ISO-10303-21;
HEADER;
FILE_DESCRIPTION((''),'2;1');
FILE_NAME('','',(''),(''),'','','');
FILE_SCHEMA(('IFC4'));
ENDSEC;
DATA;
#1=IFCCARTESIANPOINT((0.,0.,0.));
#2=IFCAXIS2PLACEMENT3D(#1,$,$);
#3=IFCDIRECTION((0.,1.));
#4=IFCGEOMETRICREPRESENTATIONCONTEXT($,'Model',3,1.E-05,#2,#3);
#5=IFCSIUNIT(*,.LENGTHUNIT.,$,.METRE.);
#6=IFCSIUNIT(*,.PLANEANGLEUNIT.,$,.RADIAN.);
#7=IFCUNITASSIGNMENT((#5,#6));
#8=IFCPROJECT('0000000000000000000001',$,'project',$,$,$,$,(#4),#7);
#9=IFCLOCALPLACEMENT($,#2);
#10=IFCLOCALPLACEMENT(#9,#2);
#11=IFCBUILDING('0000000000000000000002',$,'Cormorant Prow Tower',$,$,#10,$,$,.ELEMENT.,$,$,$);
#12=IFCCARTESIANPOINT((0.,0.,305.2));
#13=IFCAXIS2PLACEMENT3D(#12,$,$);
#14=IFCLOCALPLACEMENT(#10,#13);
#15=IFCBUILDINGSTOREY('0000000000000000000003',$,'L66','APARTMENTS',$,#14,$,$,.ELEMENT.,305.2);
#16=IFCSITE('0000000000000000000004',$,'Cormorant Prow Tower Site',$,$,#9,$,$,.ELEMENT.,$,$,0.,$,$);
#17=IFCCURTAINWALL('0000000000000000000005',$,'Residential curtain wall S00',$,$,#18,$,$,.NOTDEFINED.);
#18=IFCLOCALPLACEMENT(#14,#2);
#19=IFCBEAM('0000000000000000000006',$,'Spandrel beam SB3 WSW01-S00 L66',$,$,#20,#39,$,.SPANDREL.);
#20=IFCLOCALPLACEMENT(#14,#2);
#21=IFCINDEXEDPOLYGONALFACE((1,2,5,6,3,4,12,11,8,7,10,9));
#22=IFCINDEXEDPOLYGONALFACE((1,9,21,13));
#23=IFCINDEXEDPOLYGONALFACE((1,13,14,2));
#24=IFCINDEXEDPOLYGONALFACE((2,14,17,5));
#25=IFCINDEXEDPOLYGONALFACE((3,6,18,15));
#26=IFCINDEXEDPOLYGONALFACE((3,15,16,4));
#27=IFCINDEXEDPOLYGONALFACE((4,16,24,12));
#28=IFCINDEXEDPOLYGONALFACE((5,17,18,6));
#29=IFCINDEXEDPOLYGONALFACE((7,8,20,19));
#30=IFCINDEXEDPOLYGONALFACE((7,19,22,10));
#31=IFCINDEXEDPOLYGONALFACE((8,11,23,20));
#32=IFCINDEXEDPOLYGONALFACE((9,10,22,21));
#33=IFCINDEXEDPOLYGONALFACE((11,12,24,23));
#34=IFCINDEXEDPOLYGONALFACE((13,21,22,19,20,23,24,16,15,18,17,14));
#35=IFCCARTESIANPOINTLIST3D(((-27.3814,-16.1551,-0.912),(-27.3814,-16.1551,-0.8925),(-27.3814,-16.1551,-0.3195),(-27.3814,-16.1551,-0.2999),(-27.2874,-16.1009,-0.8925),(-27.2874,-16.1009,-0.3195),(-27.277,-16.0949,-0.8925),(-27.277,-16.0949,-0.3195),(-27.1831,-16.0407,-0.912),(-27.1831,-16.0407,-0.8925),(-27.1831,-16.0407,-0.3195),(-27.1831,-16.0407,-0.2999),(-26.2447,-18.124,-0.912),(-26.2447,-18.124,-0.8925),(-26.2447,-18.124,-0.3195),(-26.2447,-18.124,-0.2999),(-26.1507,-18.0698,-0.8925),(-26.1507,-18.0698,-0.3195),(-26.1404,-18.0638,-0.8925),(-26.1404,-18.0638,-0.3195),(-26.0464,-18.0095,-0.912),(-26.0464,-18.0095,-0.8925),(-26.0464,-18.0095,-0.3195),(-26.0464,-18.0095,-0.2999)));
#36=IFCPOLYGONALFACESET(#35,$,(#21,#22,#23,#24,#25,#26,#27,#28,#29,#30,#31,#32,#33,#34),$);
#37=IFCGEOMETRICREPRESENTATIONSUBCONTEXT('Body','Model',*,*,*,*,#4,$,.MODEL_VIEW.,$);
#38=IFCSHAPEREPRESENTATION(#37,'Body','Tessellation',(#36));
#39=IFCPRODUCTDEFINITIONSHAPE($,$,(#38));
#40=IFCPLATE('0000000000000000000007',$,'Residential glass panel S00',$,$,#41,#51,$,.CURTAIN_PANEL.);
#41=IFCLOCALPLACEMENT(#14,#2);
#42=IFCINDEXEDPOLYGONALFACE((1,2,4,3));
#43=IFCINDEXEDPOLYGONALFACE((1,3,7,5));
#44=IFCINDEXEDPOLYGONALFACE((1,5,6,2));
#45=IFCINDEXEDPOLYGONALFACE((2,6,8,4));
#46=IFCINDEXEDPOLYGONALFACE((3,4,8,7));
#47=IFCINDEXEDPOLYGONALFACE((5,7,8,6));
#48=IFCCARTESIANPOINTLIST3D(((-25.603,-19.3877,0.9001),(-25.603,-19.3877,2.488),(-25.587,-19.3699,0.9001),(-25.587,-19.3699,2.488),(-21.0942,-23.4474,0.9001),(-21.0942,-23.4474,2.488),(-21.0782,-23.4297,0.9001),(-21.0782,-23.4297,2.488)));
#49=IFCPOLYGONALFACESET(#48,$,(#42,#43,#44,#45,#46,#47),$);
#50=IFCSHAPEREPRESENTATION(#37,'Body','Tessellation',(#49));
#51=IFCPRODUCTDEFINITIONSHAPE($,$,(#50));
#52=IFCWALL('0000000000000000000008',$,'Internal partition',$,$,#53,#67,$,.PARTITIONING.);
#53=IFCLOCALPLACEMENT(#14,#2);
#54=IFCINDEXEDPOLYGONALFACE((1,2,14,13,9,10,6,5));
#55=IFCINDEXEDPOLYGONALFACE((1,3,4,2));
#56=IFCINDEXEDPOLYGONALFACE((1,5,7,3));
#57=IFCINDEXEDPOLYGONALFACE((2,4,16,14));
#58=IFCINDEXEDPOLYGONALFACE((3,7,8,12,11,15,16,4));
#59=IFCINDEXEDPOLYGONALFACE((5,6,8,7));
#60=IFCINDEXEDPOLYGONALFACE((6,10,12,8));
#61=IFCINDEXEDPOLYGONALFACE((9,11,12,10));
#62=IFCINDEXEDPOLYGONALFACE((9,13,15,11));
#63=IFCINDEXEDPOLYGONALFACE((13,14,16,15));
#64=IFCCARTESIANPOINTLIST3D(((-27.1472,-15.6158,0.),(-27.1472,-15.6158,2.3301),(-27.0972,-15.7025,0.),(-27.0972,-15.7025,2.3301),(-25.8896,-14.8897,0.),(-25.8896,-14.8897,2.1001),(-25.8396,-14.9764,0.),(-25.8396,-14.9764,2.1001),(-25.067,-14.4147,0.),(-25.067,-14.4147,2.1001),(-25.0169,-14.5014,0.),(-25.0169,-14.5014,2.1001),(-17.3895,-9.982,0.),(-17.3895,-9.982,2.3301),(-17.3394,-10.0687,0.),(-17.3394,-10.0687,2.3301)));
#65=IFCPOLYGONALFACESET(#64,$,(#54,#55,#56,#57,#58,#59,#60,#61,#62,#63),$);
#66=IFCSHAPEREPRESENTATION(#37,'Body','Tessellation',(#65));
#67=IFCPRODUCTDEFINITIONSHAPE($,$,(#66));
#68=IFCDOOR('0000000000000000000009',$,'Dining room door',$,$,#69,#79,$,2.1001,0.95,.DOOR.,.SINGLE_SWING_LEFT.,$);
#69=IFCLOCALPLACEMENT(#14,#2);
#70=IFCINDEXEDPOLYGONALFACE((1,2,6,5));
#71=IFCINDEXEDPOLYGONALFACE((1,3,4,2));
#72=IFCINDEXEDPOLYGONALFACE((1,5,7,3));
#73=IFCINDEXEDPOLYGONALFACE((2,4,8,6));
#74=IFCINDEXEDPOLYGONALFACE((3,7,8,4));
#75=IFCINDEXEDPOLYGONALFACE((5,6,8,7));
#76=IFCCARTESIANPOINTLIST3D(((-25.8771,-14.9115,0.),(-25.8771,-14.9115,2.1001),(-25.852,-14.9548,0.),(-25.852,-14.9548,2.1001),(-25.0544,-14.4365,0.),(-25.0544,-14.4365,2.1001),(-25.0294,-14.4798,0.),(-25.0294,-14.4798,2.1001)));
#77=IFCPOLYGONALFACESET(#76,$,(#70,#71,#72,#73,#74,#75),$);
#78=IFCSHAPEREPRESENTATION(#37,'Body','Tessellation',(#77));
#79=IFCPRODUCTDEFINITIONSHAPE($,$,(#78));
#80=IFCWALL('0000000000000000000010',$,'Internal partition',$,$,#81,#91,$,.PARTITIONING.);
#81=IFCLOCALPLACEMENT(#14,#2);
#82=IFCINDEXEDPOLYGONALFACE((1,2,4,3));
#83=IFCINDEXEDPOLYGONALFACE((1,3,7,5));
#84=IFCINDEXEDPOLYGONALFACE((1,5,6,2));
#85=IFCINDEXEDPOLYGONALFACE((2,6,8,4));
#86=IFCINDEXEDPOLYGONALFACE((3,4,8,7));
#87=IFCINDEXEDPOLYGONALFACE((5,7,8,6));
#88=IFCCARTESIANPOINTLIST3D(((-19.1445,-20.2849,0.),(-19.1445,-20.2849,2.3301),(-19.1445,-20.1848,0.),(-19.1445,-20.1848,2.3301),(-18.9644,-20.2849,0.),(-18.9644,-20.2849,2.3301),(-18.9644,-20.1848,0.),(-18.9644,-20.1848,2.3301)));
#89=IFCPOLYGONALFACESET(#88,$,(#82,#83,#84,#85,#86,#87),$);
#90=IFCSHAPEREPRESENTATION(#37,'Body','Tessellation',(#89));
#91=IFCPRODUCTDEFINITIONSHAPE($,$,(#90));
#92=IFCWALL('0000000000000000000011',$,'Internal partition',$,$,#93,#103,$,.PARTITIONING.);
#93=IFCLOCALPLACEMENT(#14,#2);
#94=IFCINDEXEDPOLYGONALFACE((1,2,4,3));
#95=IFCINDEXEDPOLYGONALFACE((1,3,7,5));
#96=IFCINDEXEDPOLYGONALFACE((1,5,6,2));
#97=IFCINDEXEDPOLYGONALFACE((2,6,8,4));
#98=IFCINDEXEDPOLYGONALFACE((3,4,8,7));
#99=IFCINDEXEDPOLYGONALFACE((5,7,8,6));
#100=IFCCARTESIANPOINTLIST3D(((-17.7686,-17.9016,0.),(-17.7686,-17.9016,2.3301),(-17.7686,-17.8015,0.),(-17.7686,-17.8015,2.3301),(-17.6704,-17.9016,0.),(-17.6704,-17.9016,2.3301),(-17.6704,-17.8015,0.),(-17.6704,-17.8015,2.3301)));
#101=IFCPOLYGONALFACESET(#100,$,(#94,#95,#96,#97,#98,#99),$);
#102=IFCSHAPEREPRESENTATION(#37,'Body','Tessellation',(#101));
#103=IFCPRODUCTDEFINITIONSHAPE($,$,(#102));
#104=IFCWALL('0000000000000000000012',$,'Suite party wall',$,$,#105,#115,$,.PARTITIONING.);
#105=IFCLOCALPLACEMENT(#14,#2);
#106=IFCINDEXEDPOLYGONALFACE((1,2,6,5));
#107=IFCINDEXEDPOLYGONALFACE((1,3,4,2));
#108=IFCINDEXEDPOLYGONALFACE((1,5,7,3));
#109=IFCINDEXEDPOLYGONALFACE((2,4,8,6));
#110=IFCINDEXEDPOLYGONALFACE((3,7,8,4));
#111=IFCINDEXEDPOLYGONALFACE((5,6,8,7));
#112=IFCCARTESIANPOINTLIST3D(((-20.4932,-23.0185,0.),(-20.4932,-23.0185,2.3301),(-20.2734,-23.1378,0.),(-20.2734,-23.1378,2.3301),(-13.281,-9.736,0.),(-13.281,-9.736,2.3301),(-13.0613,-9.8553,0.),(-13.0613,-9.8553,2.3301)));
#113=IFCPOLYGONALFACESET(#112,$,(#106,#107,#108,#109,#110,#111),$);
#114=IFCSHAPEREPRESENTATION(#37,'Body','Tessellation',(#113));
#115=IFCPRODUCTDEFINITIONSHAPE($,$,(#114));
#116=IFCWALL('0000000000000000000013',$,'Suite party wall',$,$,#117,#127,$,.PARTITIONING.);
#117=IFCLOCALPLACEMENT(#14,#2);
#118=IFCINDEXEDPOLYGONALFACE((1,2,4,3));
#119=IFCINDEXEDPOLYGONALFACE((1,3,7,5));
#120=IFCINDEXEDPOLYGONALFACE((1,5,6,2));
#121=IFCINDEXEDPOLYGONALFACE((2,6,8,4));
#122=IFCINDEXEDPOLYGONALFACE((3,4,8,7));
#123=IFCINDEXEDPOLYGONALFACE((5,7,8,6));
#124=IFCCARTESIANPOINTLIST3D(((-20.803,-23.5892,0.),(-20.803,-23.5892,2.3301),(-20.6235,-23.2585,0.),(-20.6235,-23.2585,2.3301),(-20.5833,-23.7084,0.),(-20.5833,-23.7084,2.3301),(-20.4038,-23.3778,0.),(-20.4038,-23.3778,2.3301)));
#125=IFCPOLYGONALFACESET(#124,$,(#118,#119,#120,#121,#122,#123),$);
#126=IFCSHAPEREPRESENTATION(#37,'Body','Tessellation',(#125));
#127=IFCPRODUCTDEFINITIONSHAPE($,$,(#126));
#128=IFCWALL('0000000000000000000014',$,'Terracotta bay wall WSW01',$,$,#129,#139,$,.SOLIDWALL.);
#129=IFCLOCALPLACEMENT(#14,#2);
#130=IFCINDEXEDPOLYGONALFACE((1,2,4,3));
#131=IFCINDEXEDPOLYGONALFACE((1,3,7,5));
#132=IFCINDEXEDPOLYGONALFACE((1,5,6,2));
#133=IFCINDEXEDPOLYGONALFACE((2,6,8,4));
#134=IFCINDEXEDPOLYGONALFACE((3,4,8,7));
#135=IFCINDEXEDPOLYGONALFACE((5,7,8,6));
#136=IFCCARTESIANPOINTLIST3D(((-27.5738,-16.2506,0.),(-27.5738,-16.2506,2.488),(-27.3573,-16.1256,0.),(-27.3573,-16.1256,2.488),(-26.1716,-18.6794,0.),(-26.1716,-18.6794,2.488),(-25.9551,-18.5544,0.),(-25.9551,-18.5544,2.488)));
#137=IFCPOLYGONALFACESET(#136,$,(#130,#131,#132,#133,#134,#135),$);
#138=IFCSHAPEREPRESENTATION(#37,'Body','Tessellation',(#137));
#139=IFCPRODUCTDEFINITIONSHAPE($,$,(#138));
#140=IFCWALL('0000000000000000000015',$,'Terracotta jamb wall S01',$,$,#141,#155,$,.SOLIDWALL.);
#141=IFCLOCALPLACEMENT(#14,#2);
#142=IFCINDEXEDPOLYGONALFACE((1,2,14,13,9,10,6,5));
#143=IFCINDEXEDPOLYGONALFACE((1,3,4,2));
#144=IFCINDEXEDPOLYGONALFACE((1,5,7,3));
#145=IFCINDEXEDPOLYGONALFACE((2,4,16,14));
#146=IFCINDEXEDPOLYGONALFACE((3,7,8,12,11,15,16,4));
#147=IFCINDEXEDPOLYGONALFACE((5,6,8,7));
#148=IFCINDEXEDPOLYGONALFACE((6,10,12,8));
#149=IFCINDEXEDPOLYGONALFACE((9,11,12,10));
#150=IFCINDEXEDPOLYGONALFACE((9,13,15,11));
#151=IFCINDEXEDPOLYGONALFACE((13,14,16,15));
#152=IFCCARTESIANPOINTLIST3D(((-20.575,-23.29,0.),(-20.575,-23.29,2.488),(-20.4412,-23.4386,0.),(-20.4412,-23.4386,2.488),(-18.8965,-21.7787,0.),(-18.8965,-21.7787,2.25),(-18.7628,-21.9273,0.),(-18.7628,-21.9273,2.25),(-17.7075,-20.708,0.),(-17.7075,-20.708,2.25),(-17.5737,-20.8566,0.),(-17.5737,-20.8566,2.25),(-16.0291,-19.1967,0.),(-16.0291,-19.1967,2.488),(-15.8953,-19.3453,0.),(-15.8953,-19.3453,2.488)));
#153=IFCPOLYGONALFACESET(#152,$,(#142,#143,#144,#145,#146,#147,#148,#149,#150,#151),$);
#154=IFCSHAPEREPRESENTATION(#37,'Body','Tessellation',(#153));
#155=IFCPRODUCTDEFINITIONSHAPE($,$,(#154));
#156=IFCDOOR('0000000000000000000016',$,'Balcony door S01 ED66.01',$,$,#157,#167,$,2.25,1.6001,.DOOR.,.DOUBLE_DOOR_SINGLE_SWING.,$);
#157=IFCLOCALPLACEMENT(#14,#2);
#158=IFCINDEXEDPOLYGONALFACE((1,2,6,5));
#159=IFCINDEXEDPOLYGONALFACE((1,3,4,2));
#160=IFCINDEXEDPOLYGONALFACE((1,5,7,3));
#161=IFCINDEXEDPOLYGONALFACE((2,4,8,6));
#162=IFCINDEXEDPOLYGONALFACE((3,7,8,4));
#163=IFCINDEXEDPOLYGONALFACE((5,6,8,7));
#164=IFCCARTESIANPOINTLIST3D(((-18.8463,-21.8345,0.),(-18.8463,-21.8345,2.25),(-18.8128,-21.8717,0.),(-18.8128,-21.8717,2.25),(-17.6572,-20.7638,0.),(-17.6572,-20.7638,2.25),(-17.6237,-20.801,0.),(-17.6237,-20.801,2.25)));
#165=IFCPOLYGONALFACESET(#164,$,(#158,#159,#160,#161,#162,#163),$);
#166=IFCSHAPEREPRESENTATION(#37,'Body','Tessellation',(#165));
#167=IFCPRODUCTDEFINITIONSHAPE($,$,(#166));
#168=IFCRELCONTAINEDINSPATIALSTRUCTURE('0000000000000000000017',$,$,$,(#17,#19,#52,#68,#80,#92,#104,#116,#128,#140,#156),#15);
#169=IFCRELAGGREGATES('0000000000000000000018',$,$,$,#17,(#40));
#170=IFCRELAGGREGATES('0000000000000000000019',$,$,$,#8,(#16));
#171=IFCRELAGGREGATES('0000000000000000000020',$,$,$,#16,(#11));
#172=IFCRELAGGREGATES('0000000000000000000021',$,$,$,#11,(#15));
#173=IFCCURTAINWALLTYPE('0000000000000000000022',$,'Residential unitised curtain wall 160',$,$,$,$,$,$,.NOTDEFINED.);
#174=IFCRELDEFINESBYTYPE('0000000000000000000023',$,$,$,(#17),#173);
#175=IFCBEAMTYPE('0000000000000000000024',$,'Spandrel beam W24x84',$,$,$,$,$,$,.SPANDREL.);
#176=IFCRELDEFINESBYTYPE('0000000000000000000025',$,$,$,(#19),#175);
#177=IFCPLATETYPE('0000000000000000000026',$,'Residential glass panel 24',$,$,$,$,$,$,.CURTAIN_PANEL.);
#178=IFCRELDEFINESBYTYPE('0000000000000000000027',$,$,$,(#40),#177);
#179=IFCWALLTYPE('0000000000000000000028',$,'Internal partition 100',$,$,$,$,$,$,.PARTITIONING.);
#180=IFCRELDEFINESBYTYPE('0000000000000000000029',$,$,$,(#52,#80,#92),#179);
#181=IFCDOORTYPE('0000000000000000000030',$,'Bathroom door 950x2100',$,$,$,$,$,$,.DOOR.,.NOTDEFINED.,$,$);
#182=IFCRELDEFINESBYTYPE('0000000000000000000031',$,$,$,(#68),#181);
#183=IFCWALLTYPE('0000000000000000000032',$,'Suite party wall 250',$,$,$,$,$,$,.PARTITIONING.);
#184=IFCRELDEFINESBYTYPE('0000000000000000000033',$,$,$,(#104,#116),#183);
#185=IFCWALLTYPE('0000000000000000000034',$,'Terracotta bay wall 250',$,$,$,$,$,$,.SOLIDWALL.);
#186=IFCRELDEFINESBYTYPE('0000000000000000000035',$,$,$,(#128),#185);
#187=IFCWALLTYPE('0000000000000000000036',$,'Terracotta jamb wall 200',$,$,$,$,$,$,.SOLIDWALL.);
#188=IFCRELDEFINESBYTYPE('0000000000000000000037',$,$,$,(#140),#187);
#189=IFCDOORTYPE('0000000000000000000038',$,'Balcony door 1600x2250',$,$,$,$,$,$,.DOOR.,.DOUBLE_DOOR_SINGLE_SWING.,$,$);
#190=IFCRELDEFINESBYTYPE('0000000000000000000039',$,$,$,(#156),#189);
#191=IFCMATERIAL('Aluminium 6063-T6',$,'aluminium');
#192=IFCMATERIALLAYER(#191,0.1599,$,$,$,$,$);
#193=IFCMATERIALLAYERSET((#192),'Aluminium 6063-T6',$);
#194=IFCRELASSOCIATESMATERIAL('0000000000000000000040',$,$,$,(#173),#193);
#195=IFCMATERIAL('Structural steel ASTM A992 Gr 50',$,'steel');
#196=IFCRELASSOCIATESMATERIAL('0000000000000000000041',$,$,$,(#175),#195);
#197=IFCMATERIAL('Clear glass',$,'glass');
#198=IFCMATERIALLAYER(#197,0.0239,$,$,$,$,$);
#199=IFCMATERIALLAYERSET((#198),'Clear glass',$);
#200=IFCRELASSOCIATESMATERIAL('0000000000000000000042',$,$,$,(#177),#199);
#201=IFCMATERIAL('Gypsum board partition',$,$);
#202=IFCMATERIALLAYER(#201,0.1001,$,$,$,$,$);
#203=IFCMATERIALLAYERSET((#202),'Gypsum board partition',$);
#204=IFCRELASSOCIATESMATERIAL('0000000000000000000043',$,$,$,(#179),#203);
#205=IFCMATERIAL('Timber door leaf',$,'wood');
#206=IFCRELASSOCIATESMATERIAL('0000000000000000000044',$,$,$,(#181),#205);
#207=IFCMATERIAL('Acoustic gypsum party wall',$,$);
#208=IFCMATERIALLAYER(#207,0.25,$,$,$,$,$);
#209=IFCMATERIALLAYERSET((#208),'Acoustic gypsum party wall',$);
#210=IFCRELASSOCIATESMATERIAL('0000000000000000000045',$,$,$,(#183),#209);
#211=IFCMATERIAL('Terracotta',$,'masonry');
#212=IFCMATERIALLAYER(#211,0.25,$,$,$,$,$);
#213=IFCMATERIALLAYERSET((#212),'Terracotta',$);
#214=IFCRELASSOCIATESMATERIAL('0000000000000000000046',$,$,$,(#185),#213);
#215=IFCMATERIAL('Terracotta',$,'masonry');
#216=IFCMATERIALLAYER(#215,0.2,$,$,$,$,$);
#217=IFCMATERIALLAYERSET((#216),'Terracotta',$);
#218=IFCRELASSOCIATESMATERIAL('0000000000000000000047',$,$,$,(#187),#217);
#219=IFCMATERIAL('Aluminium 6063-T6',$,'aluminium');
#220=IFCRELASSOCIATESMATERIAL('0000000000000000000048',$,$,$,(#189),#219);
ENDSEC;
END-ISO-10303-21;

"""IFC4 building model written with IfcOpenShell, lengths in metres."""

from ifc_helpers import new_model, si_unit, direction, frame, frame_2d, origin, origin_2d, place, context, subcontext, project, spatial, rectangle, i_section, extrude, material, layer, layer_set, material_profile, profile_set, type_object, element, fill, aggregate, save


model = new_model("IFC4")

# Units and contexts
model_context = context("Model", 3, precision=1e-05, world=origin(), true_north=direction((0.0, 1.0)))
body_context = subcontext(model_context, "Body", "Model", "MODEL_VIEW")
ifc_project = project(units=[si_unit("LENGTHUNIT", "METRE"), si_unit("PLANEANGLEUNIT", "RADIAN")], contexts=[model_context])

# Site, building, storey
site_placement = place(None, origin())
site = spatial("IfcSite", under=ifc_project, at=site_placement, Name="Cormorant Prow Tower Site", CompositionType="ELEMENT", RefElevation=0.0)
building_placement = place(site_placement, origin())
building = spatial("IfcBuilding", under=site, at=building_placement, Name="Cormorant Prow Tower", CompositionType="ELEMENT")
storey_placement = place(building_placement, frame((0.0, 0.0, 305.2)))
storey = spatial("IfcBuildingStorey", under=building, at=storey_placement, Name="L66", Description="APARTMENTS", CompositionType="ELEMENT", Elevation=305.2)

# Curtain wall
ifc_material_1 = material(Name="Aluminium 6063-T6", Category="aluminium")
ifc_layer_1 = layer(ifc_material_1, 0.1599)
ifc_layer_set_1 = layer_set([ifc_layer_1], Name="Aluminium 6063-T6")
curtain_wall_type = type_object("IfcCurtainWallType", Name="Residential unitised curtain wall 160", PredefinedType="NOTDEFINED", material=ifc_layer_set_1)
curtain_wall_placement = place(storey_placement, origin())
curtain_wall = element("IfcCurtainWall", 1, at=curtain_wall_placement, inside=storey, type_object=curtain_wall_type, Name="Residential curtain wall S00", PredefinedType="NOTDEFINED")

# Beam
ifc_material_2 = material(Name="Structural steel ASTM A992 Gr 50", Category="steel")
ifc_material_profile_1 = material_profile(ifc_material_2, i_section(OverallWidth=0.229, OverallDepth=0.6121, WebThickness=0.012, FlangeThickness=0.0195, at=origin_2d()), Name="W24x84")
ifc_profile_set_1 = profile_set([ifc_material_profile_1], Name="Structural steel ASTM A992 Gr 50")
beam_type = type_object("IfcBeamType", Name="Spandrel beam W24x84", PredefinedType="SPANDREL", material=ifc_profile_set_1)
beam_1_placement = place(storey_placement, frame((-27.2822, -16.0979, -0.606), z_axis=(0.499973, -0.866041, 0.0), x_axis=(0.866041, 0.499973, 0.0)))
element("IfcBeam", 2, at=beam_1_placement, inside=storey, type_object=beam_type, Name="Spandrel beam SB3 WSW01-S00 L66", PredefinedType="SPANDREL", context=body_context, shape_type="SweptSolid", body=[
    extrude(i_section(OverallWidth=0.229, OverallDepth=0.6121, WebThickness=0.012, FlangeThickness=0.0195, at=origin_2d()), origin(), (0.0, 0.0, 1.0), 2.2734),
])

# Plate
ifc_material_3 = material(Name="Clear glass", Category="glass")
ifc_layer_2 = layer(ifc_material_3, 0.0239)
ifc_layer_set_2 = layer_set([ifc_layer_2], Name="Clear glass")
plate_type = type_object("IfcPlateType", Name="Residential glass panel 24", PredefinedType="CURTAIN_PANEL", material=ifc_layer_set_2)
plate_placement = place(storey_placement, frame((-23.3406, -21.4087, 0.9001), z_axis=(0.0, 0.0, 1.0), x_axis=(0.743145, -0.669131, 0.0)))
plate = element("IfcPlate", 3, at=plate_placement, type_object=plate_type, Name="Residential glass panel S00", PredefinedType="CURTAIN_PANEL", context=body_context, shape_type="SweptSolid", body=[
    extrude(rectangle(XDim=6.0671, YDim=0.0239, at=origin_2d()), origin(), (0.0, 0.0, 1.0), 1.5879),
])
aggregate(curtain_wall, [plate])

# Wall, opening, door
ifc_material_4 = material(Name="Gypsum board partition")
ifc_layer_3 = layer(ifc_material_4, 0.1001)
ifc_layer_set_3 = layer_set([ifc_layer_3], Name="Gypsum board partition")
wall_type_1 = type_object("IfcWallType", Name="Internal partition 100", PredefinedType="PARTITIONING", material=ifc_layer_set_3)
wall_1_placement = place(storey_placement, frame((-27.1223, -15.6592, 0.0), z_axis=(0.0, 0.0, 1.0), x_axis=(0.866021, 0.500008, 0.0)))
wall_1 = element("IfcWall", 4, at=wall_1_placement, inside=storey, type_object=wall_type_1, Name="Internal partition", PredefinedType="PARTITIONING", context=body_context, shape_type="SweptSolid", body=[
    extrude(rectangle(XDim=11.2673, YDim=0.1001, at=frame_2d((5.6338, 0.0))), origin(), (0.0, 0.0, 1.0), 2.3301),
])
opening_1_placement = place(wall_1_placement, frame((1.4521, 0.0, 0.0)))
opening_1 = element("IfcOpeningElement", 5, at=opening_1_placement, cuts=wall_1, PredefinedType="OPENING", context=body_context, shape_type="SweptSolid", body=[
    extrude(rectangle(XDim=0.95, YDim=2.1001, at=frame_2d((0.4751, 1.05))), frame((0.0, 0.0601, 0.0), z_axis=(0.0, -1.0, 0.0), x_axis=(1.0, 0.0, 0.0)), (0.0, 0.0, 1.0), 0.1201),
])
ifc_material_5 = material(Name="Timber door leaf", Category="wood")
door_type_1 = type_object("IfcDoorType", Name="Bathroom door 950x2100", OperationType="NOTDEFINED", PredefinedType="DOOR", material=ifc_material_5)
door_1_placement = place(opening_1_placement, origin())
door_1 = element("IfcDoor", 6, at=door_1_placement, inside=storey, type_object=door_type_1, Name="Dining room door", OperationType="SINGLE_SWING_LEFT", OverallHeight=2.1001, OverallWidth=0.95, PredefinedType="DOOR", context=body_context, shape_type="SweptSolid", body=[
    extrude(rectangle(XDim=0.95, YDim=2.1001, at=frame_2d((0.4751, 1.05))), frame((0.0, 0.0249, 0.0), z_axis=(0.0, -1.0, 0.0), x_axis=(1.0, 0.0, 0.0)), (0.0, 0.0, 1.0), 0.05),
])
fill(opening_1, door_1)

# Walls
wall_2_placement = place(storey_placement, frame((-19.1445, -20.2349, 0.0), z_axis=(0.0, 0.0, 1.0), x_axis=(1.0, 0.0, 0.0)))
element("IfcWall", 7, at=wall_2_placement, inside=storey, type_object=wall_type_1, Name="Internal partition", PredefinedType="PARTITIONING", context=body_context, shape_type="SweptSolid", body=[
    extrude(rectangle(XDim=0.1802, YDim=0.1001, at=frame_2d((0.0901, 0.0))), origin(), (0.0, 0.0, 1.0), 2.3301),
])
wall_3_placement = place(storey_placement, frame((-17.7686, -17.8516, 0.0), z_axis=(0.0, 0.0, 1.0), x_axis=(1.0, 0.0, 0.0)))
element("IfcWall", 8, at=wall_3_placement, inside=storey, type_object=wall_type_1, Name="Internal partition", PredefinedType="PARTITIONING", context=body_context, shape_type="SweptSolid", body=[
    extrude(rectangle(XDim=0.0981, YDim=0.1001, at=frame_2d((0.0491, 0.0))), origin(), (0.0, 0.0, 1.0), 2.3301),
])
ifc_material_6 = material(Name="Acoustic gypsum party wall")
ifc_layer_4 = layer(ifc_material_6, 0.25)
ifc_layer_set_4 = layer_set([ifc_layer_4], Name="Acoustic gypsum party wall")
wall_type_2 = type_object("IfcWallType", Name="Suite party wall 250", PredefinedType="PARTITIONING", material=ifc_layer_set_4)
wall_4_placement = place(storey_placement, frame((-20.3833, -23.0781, 0.0), z_axis=(0.0, 0.0, 1.0), x_axis=(0.477177, 0.878807, 0.0)))
element("IfcWall", 9, at=wall_4_placement, inside=storey, type_object=wall_type_2, Name="Suite party wall", PredefinedType="PARTITIONING", context=body_context, shape_type="SweptSolid", body=[
    extrude(rectangle(XDim=15.1143, YDim=0.25, at=frame_2d((7.5571, 0.0))), origin(), (0.0, 0.0, 1.0), 2.3301),
])
wall_5_placement = place(storey_placement, frame((-20.6931, -23.6487, 0.0), z_axis=(0.0, 0.0, 1.0), x_axis=(0.477078, 0.878861, 0.0)))
element("IfcWall", 10, at=wall_5_placement, inside=storey, type_object=wall_type_2, Name="Suite party wall", PredefinedType="PARTITIONING", context=body_context, shape_type="SweptSolid", body=[
    extrude(rectangle(XDim=0.3762, YDim=0.25, at=frame_2d((0.188, 0.0))), origin(), (0.0, 0.0, 1.0), 2.3301),
])
ifc_material_7 = material(Name="Terracotta", Category="masonry")
ifc_layer_5 = layer(ifc_material_7, 0.25)
ifc_layer_set_5 = layer_set([ifc_layer_5], Name="Terracotta")
wall_type_3 = type_object("IfcWallType", Name="Terracotta bay wall 250", PredefinedType="SOLIDWALL", material=ifc_layer_set_5)
wall_6_placement = place(storey_placement, frame((-27.4656, -16.188, 0.0), z_axis=(0.0, 0.0, 1.0), x_axis=(0.499969, -0.866044, 0.0)))
element("IfcWall", 11, at=wall_6_placement, inside=storey, type_object=wall_type_3, Name="Terracotta bay wall WSW01", PredefinedType="SOLIDWALL", context=body_context, shape_type="SweptSolid", body=[
    extrude(rectangle(XDim=2.8044, YDim=0.25, at=frame_2d((1.4023, 0.0))), origin(), (0.0, 0.0, 1.0), 2.488),
])

# Wall, opening, door
ifc_material_8 = material(Name="Terracotta", Category="masonry")
ifc_layer_6 = layer(ifc_material_8, 0.2)
ifc_layer_set_6 = layer_set([ifc_layer_6], Name="Terracotta")
wall_type_4 = type_object("IfcWallType", Name="Terracotta jamb wall 200", PredefinedType="SOLIDWALL", material=ifc_layer_set_6)
wall_7_placement = place(storey_placement, frame((-20.5081, -23.3643, 0.0), z_axis=(0.0, 0.0, 1.0), x_axis=(0.743135, 0.669141, 0.0)))
wall_7 = element("IfcWall", 12, at=wall_7_placement, inside=storey, type_object=wall_type_4, Name="Terracotta jamb wall S01", PredefinedType="SOLIDWALL", context=body_context, shape_type="SweptSolid", body=[
    extrude(rectangle(XDim=6.1172, YDim=0.2, at=frame_2d((3.0586, 0.0))), origin(), (0.0, 0.0, 1.0), 2.488),
])
opening_2_placement = place(wall_7_placement, frame((2.2585, 0.0, 0.0)))
opening_2 = element("IfcOpeningElement", 13, at=opening_2_placement, cuts=wall_7, PredefinedType="OPENING", context=body_context, shape_type="SweptSolid", body=[
    extrude(rectangle(XDim=1.6001, YDim=2.25, at=frame_2d((0.8, 1.125))), frame((0.0, 0.1099, 0.0), z_axis=(0.0, -1.0, 0.0), x_axis=(1.0, 0.0, 0.0)), (0.0, 0.0, 1.0), 0.22),
])
ifc_material_9 = material(Name="Aluminium 6063-T6", Category="aluminium")
door_type_2 = type_object("IfcDoorType", Name="Balcony door 1600x2250", OperationType="DOUBLE_DOOR_SINGLE_SWING", PredefinedType="DOOR", material=ifc_material_9)
door_2_placement = place(opening_2_placement, origin())
door_2 = element("IfcDoor", 14, at=door_2_placement, inside=storey, type_object=door_type_2, Name="Balcony door S01 ED66.01", OperationType="DOUBLE_DOOR_SINGLE_SWING", OverallHeight=2.25, OverallWidth=1.6001, PredefinedType="DOOR", context=body_context, shape_type="SweptSolid", body=[
    extrude(rectangle(XDim=1.6001, YDim=2.25, at=frame_2d((0.8, 1.125))), frame((0.0, 0.0249, 0.0), z_axis=(0.0, -1.0, 0.0), x_axis=(1.0, 0.0, 0.0)), (0.0, 0.0, 1.0), 0.05),
])
fill(opening_2, door_2)

save(model, "model.ifc")
